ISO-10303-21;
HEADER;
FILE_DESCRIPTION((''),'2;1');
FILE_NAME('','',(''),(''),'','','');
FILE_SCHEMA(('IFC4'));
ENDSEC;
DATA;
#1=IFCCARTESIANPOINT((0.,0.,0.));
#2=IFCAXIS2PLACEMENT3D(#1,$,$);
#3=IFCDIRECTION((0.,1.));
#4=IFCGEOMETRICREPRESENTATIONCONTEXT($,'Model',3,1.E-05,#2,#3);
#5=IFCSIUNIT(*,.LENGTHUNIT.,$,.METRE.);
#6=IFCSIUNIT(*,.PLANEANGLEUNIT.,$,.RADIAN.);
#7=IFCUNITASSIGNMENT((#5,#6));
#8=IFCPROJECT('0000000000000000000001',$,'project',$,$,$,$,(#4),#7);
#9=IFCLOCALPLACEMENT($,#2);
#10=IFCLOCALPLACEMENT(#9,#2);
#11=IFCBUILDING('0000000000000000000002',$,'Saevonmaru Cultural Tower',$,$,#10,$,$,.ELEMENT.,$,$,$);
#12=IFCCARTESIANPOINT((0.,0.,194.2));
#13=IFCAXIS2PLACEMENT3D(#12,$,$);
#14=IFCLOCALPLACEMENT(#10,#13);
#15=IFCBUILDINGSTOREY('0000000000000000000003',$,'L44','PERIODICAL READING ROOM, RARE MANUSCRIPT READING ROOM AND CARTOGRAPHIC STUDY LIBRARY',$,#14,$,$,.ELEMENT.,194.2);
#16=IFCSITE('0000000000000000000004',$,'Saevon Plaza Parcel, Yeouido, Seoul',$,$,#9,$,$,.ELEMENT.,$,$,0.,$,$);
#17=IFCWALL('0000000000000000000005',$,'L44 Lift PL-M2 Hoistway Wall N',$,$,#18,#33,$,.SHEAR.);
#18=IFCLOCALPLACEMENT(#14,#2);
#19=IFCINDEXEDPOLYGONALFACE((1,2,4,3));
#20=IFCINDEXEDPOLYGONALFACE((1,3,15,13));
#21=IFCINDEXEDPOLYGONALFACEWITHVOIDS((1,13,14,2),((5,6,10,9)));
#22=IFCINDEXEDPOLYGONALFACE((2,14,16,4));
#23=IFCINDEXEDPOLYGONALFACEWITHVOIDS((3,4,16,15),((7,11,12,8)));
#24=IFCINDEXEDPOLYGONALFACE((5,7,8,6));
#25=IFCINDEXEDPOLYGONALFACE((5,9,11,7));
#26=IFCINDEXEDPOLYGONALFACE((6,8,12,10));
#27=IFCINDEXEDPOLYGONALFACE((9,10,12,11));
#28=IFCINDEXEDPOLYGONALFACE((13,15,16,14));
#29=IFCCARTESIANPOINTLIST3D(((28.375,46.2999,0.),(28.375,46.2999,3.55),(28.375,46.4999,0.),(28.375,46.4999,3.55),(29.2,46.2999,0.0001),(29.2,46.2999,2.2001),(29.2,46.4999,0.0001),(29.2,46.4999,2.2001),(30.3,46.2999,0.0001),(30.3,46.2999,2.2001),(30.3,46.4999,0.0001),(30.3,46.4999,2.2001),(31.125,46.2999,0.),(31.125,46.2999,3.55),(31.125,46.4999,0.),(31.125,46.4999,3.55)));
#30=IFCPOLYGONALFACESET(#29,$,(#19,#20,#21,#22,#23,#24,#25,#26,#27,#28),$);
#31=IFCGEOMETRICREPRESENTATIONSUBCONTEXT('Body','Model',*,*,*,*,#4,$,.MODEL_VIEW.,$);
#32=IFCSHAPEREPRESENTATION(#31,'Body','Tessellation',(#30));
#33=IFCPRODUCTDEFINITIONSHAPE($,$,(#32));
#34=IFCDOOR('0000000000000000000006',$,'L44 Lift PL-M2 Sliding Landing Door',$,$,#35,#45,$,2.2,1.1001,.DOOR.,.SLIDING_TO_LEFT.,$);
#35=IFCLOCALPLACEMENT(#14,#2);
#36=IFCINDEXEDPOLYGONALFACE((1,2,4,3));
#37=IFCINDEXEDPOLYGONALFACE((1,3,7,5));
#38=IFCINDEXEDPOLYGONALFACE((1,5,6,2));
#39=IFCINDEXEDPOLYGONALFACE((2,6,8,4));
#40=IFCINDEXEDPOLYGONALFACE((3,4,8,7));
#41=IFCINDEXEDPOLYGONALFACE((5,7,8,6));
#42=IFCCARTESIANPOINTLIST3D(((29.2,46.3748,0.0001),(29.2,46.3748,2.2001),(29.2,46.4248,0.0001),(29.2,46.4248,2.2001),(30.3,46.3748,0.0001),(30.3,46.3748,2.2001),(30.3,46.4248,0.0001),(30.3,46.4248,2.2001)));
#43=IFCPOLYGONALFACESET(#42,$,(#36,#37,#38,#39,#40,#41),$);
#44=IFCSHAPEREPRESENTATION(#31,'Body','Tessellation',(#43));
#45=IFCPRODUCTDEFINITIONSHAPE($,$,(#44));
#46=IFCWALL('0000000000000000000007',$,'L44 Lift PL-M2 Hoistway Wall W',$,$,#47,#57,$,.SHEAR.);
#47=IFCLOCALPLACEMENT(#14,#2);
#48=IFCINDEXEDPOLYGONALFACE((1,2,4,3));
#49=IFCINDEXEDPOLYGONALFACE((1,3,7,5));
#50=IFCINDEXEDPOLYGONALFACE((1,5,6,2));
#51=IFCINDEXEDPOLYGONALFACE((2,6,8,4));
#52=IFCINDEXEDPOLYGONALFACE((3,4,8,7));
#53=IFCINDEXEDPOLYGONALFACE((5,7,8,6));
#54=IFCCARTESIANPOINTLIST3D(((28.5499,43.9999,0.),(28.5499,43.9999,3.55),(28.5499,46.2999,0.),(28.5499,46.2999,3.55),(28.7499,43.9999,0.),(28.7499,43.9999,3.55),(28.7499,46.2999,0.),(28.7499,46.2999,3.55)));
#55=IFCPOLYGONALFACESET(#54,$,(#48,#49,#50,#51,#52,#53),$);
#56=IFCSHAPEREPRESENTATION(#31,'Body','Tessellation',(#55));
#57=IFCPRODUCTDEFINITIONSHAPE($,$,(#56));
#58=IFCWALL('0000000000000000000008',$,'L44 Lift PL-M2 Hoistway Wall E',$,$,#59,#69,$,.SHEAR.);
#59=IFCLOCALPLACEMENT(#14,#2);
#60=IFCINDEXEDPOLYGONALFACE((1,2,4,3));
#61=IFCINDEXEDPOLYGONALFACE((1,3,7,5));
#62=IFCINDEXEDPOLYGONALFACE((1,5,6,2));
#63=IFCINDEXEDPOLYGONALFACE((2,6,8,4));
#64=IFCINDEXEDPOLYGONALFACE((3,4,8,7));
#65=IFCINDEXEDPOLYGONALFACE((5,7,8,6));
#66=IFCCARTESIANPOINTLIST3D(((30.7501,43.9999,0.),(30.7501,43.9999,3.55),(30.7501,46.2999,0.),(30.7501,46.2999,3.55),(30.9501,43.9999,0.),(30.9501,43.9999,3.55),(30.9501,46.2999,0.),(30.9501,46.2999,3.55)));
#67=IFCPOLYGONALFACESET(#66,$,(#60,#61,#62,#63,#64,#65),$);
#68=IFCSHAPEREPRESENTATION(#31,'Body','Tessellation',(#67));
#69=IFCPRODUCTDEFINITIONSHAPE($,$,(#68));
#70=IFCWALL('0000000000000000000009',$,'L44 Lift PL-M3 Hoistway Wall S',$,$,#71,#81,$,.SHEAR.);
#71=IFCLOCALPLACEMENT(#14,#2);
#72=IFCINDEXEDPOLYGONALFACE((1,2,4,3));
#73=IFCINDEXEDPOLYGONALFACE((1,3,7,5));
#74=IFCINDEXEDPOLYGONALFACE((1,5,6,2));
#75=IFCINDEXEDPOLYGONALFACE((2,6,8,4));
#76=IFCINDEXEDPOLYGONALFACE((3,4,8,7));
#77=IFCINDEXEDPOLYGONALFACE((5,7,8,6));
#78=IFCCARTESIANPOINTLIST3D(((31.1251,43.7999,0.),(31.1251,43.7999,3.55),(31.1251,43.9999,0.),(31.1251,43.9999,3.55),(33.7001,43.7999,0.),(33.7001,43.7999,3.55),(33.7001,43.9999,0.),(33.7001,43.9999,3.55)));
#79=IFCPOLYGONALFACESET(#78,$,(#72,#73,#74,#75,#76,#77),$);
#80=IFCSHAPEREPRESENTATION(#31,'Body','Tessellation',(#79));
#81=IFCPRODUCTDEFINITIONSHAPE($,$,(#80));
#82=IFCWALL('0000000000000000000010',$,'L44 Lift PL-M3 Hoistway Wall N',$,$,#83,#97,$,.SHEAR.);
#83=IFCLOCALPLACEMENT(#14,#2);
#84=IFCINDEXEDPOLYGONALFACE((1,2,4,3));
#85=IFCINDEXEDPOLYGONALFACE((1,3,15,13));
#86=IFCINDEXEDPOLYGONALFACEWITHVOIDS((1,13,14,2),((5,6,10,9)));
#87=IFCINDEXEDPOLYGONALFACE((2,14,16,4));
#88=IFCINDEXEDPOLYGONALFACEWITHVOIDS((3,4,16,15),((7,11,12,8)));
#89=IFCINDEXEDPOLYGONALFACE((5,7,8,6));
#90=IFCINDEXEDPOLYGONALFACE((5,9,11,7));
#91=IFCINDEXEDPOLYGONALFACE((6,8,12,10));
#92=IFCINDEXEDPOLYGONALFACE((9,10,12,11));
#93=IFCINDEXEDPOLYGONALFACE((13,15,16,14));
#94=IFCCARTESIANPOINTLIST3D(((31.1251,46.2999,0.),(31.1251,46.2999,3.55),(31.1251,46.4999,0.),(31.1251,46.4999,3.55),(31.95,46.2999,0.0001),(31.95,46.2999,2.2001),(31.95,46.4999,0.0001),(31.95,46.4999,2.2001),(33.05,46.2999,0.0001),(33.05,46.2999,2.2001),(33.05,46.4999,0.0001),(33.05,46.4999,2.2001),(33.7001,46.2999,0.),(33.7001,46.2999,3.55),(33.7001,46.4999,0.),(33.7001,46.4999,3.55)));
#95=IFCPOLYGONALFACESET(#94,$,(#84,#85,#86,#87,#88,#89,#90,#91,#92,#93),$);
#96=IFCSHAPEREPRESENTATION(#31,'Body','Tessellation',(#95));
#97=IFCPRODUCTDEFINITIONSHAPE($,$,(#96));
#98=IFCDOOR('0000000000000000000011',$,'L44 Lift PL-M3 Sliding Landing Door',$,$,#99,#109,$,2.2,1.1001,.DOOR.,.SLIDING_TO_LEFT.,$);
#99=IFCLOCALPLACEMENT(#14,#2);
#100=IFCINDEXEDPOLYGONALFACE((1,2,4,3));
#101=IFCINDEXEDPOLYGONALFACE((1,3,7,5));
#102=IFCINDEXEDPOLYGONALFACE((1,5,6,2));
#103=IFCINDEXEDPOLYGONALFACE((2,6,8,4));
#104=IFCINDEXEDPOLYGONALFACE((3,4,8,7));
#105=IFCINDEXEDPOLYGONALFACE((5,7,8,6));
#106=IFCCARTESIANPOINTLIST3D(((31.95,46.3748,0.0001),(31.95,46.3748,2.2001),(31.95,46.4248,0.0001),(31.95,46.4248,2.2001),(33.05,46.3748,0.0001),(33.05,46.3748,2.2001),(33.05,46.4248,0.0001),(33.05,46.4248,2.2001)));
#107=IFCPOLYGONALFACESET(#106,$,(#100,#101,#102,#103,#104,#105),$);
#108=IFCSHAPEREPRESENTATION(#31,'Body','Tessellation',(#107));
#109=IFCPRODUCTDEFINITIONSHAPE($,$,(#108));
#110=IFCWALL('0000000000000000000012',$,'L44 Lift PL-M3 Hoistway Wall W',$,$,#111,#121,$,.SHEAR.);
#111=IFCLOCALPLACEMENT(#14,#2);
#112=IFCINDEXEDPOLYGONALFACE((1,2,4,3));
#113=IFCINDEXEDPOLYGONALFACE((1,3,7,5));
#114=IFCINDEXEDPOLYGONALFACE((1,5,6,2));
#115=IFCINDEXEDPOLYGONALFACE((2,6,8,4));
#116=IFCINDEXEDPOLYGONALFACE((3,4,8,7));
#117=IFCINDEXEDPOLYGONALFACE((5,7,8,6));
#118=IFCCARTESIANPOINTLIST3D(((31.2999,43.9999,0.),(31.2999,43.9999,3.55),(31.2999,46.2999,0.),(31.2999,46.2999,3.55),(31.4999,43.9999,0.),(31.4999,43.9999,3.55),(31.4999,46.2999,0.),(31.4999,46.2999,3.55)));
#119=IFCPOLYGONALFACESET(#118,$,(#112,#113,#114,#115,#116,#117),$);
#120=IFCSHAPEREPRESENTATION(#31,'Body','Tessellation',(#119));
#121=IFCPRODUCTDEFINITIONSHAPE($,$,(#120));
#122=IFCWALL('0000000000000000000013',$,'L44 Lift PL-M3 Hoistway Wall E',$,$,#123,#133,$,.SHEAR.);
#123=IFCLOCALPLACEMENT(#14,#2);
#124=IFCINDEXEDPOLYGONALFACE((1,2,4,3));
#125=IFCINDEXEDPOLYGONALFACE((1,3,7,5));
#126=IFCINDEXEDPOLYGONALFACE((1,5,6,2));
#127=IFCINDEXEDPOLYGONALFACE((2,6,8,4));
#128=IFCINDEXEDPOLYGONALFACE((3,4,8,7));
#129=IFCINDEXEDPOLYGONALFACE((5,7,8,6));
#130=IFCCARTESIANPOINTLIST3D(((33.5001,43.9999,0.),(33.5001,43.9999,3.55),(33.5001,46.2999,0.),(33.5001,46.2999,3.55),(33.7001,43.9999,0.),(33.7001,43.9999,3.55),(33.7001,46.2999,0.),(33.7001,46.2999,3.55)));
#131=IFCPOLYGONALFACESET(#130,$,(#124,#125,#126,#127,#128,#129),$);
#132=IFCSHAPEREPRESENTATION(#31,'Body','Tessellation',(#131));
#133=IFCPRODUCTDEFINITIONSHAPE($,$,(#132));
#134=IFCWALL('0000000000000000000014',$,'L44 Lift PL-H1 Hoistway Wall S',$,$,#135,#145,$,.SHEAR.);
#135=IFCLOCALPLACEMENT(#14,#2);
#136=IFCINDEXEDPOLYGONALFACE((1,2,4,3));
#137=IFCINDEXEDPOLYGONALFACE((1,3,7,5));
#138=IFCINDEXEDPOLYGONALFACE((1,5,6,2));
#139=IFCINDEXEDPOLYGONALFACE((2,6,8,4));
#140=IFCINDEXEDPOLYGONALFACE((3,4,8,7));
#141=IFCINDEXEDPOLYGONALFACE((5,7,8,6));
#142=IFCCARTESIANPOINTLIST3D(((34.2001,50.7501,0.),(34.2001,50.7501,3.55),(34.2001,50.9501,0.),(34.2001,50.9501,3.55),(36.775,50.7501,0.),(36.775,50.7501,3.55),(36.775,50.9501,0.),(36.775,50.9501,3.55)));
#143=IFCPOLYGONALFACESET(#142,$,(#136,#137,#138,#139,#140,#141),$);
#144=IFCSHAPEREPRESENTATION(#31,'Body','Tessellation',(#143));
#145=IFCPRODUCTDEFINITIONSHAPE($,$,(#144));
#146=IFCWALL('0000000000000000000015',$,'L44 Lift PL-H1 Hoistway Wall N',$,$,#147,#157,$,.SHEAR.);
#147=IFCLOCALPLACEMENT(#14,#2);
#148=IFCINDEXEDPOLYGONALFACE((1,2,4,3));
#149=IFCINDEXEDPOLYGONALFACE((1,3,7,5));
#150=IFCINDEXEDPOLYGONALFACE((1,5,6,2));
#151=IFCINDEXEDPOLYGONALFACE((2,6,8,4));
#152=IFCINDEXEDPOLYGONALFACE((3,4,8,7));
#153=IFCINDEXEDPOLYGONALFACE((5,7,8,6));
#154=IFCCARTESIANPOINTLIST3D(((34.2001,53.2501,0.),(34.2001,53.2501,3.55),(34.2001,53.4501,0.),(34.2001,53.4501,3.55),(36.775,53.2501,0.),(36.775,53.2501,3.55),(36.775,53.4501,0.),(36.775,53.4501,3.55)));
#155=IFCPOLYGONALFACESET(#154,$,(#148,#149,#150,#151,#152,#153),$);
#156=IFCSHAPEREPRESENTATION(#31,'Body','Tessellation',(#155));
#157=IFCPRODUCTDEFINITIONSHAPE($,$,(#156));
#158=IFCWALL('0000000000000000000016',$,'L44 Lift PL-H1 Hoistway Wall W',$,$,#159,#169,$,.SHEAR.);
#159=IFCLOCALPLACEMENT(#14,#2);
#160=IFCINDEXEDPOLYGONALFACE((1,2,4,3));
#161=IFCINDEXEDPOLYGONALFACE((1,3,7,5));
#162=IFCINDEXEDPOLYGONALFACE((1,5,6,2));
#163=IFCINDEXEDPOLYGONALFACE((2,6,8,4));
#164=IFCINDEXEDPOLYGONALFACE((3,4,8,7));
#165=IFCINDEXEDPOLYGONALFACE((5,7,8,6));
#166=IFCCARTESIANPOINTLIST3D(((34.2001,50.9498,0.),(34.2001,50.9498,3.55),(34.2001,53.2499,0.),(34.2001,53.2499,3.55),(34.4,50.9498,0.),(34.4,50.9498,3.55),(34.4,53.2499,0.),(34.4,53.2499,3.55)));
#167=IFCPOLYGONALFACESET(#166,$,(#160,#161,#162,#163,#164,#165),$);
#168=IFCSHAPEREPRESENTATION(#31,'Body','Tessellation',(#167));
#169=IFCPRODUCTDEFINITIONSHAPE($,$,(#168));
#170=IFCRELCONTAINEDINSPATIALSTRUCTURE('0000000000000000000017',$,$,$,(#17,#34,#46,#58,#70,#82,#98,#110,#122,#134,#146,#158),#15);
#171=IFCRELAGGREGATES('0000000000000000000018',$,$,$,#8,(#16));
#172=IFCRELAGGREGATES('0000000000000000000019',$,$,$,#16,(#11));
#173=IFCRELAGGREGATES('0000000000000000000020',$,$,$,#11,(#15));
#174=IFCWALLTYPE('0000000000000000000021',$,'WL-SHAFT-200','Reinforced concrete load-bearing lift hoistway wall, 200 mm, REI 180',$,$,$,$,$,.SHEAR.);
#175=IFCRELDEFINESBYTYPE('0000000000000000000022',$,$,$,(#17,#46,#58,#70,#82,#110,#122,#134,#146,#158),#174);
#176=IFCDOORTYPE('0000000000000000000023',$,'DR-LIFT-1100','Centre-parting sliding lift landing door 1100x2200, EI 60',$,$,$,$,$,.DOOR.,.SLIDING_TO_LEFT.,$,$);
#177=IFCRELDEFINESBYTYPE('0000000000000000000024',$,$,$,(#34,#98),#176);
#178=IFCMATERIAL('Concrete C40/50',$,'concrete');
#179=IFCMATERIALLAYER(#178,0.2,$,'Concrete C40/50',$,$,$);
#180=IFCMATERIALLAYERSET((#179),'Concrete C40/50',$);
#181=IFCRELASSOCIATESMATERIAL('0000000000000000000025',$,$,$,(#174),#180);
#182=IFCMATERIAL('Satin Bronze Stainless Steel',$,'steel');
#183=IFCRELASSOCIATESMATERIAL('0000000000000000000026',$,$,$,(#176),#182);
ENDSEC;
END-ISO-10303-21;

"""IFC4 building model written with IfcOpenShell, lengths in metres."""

from ifc_helpers import new_model, si_unit, direction, frame, frame_2d, origin, place, context, subcontext, project, spatial, rectangle, extrude, material, layer, layer_set, type_object, element, fill, save


model = new_model("IFC4")

# Units and contexts
model_context = context("Model", 3, precision=1e-05, world=origin(), true_north=direction((0.0, 1.0)))
body_context = subcontext(model_context, "Body", "Model", "MODEL_VIEW")
ifc_project = project(units=[si_unit("LENGTHUNIT", "METRE"), si_unit("PLANEANGLEUNIT", "RADIAN")], contexts=[model_context])

# Site, building, storey
site_placement = place(None, origin())
site = spatial("IfcSite", under=ifc_project, at=site_placement, Name="Saevon Plaza Parcel, Yeouido, Seoul", CompositionType="ELEMENT", RefElevation=0.0)
building_placement = place(site_placement, origin())
building = spatial("IfcBuilding", under=site, at=building_placement, Name="Saevonmaru Cultural Tower", CompositionType="ELEMENT")
storey_placement = place(building_placement, frame((0.0, 0.0, 194.2)))
storey = spatial("IfcBuildingStorey", under=building, at=storey_placement, Name="L44", Description="PERIODICAL READING ROOM, RARE MANUSCRIPT READING ROOM AND CARTOGRAPHIC STUDY LIBRARY", CompositionType="ELEMENT", Elevation=194.2)

# Shared definitions
ifc_material_1 = material(Name="Concrete C40/50", Category="concrete")
ifc_layer_1 = layer(ifc_material_1, 0.2, Name="Concrete C40/50")
ifc_layer_set_1 = layer_set([ifc_layer_1], Name="Concrete C40/50")
wall_type_1 = type_object("IfcWallType", Name="WL-SHAFT-200", Description="Reinforced concrete load-bearing lift hoistway wall, 200 mm, REI 180", PredefinedType="SHEAR", material=ifc_layer_set_1)

# Wall, opening, door
wall_1_placement = place(storey_placement, frame((28.375, 46.3999, 0.0), z_axis=(0.0, 0.0, 1.0), x_axis=(1.0, 0.0, 0.0)))
wall_1 = element("IfcWall", 1, at=wall_1_placement, inside=storey, type_object=wall_type_1, Name="L44 Lift PL-M2 Hoistway Wall N", PredefinedType="SHEAR", context=body_context, shape_type="SweptSolid", body=[
    extrude(rectangle(XDim=2.75, YDim=0.2, at=frame_2d((1.375, 0.0))), origin(), (0.0, 0.0, 1.0), 3.55),
])
opening_1_placement = place(wall_1_placement, frame((0.825, 0.0, 0.0)))
opening_1 = element("IfcOpeningElement", 2, at=opening_1_placement, cuts=wall_1, PredefinedType="OPENING", context=body_context, shape_type="SweptSolid", body=[
    extrude(rectangle(XDim=1.1001, YDim=2.2, at=frame_2d((0.55, 1.1001))), frame((0.0, 0.1099, 0.0), z_axis=(0.0, -1.0, 0.0), x_axis=(1.0, 0.0, 0.0)), (0.0, 0.0, 1.0), 0.22),
])
ifc_material_2 = material(Name="Satin Bronze Stainless Steel", Category="steel")
door_type_1 = type_object("IfcDoorType", Name="DR-LIFT-1100", Description="Centre-parting sliding lift landing door 1100x2200, EI 60", OperationType="SLIDING_TO_LEFT", PredefinedType="DOOR", material=ifc_material_2)
door_1_placement = place(opening_1_placement, origin())
door_1 = element("IfcDoor", 3, at=door_1_placement, inside=storey, type_object=door_type_1, Name="L44 Lift PL-M2 Sliding Landing Door", OperationType="SLIDING_TO_LEFT", OverallHeight=2.2, OverallWidth=1.1001, PredefinedType="DOOR", context=body_context, shape_type="SweptSolid", body=[
    extrude(rectangle(XDim=1.1001, YDim=2.2, at=frame_2d((0.55, 1.1001))), frame((0.0, 0.0249, 0.0), z_axis=(0.0, -1.0, 0.0), x_axis=(1.0, 0.0, 0.0)), (0.0, 0.0, 1.0), 0.05),
])
fill(opening_1, door_1)

# Walls
for number, where, z_axis, x_axis, name in (
    (4, (28.6499, 44.0, 0.0), (0.0, 0.0, 1.0), (0.0, 1.0, 0.0), "L44 Lift PL-M2 Hoistway Wall W"),
    (5, (30.8501, 44.0, 0.0), (0.0, 0.0, 1.0), (0.0, 1.0, 0.0), "L44 Lift PL-M2 Hoistway Wall E"),
):
    element("IfcWall", number, at=place(storey_placement, frame(where, z_axis=z_axis, x_axis=x_axis)), inside=storey, type_object=wall_type_1, Name=name, PredefinedType="SHEAR", context=body_context, shape_type="SweptSolid", body=[
        extrude(rectangle(XDim=2.3, YDim=0.2, at=frame_2d((1.1499, 0.0))), origin(), (0.0, 0.0, 1.0), 3.55),
    ])
wall_2_placement = place(storey_placement, frame((31.125, 43.8999, 0.0), z_axis=(0.0, 0.0, 1.0), x_axis=(1.0, 0.0, 0.0)))
element("IfcWall", 6, at=wall_2_placement, inside=storey, type_object=wall_type_1, Name="L44 Lift PL-M3 Hoistway Wall S", PredefinedType="SHEAR", context=body_context, shape_type="SweptSolid", body=[
    extrude(rectangle(XDim=2.575, YDim=0.2, at=frame_2d((1.2876, 0.0))), origin(), (0.0, 0.0, 1.0), 3.55),
])

# Wall, opening, door
wall_3_placement = place(storey_placement, frame((31.125, 46.3999, 0.0), z_axis=(0.0, 0.0, 1.0), x_axis=(1.0, 0.0, 0.0)))
wall_3 = element("IfcWall", 7, at=wall_3_placement, inside=storey, type_object=wall_type_1, Name="L44 Lift PL-M3 Hoistway Wall N", PredefinedType="SHEAR", context=body_context, shape_type="SweptSolid", body=[
    extrude(rectangle(XDim=2.575, YDim=0.2, at=frame_2d((1.2876, 0.0))), origin(), (0.0, 0.0, 1.0), 3.55),
])
opening_2_placement = place(wall_3_placement, frame((0.825, 0.0, 0.0)))
opening_2 = element("IfcOpeningElement", 8, at=opening_2_placement, cuts=wall_3, PredefinedType="OPENING", context=body_context, shape_type="SweptSolid", body=[
    extrude(rectangle(XDim=1.1001, YDim=2.2, at=frame_2d((0.55, 1.1001))), frame((0.0, 0.1099, 0.0), z_axis=(0.0, -1.0, 0.0), x_axis=(1.0, 0.0, 0.0)), (0.0, 0.0, 1.0), 0.22),
])
door_2_placement = place(opening_2_placement, origin())
door_2 = element("IfcDoor", 9, at=door_2_placement, inside=storey, type_object=door_type_1, Name="L44 Lift PL-M3 Sliding Landing Door", OperationType="SLIDING_TO_LEFT", OverallHeight=2.2, OverallWidth=1.1001, PredefinedType="DOOR", context=body_context, shape_type="SweptSolid", body=[
    extrude(rectangle(XDim=1.1001, YDim=2.2, at=frame_2d((0.55, 1.1001))), frame((0.0, 0.0249, 0.0), z_axis=(0.0, -1.0, 0.0), x_axis=(1.0, 0.0, 0.0)), (0.0, 0.0, 1.0), 0.05),
])
fill(opening_2, door_2)

# Walls
for number, where, z_axis, x_axis, name in (
    (10, (31.3999, 44.0, 0.0), (0.0, 0.0, 1.0), (0.0, 1.0, 0.0), "L44 Lift PL-M3 Hoistway Wall W"),
    (11, (33.6001, 44.0, 0.0), (0.0, 0.0, 1.0), (0.0, 1.0, 0.0), "L44 Lift PL-M3 Hoistway Wall E"),
):
    element("IfcWall", number, at=place(storey_placement, frame(where, z_axis=z_axis, x_axis=x_axis)), inside=storey, type_object=wall_type_1, Name=name, PredefinedType="SHEAR", context=body_context, shape_type="SweptSolid", body=[
        extrude(rectangle(XDim=2.3, YDim=0.2, at=frame_2d((1.1499, 0.0))), origin(), (0.0, 0.0, 1.0), 3.55),
    ])
for number, where, z_axis, x_axis, name in (
    (12, (34.2, 50.8501, 0.0), (0.0, 0.0, 1.0), (1.0, 0.0, 0.0), "L44 Lift PL-H1 Hoistway Wall S"),
    (13, (34.2, 53.3501, 0.0), (0.0, 0.0, 1.0), (1.0, 0.0, 0.0), "L44 Lift PL-H1 Hoistway Wall N"),
):
    element("IfcWall", number, at=place(storey_placement, frame(where, z_axis=z_axis, x_axis=x_axis)), inside=storey, type_object=wall_type_1, Name=name, PredefinedType="SHEAR", context=body_context, shape_type="SweptSolid", body=[
        extrude(rectangle(XDim=2.575, YDim=0.2, at=frame_2d((1.2876, 0.0))), origin(), (0.0, 0.0, 1.0), 3.55),
    ])
wall_4_placement = place(storey_placement, frame((34.3, 50.95, 0.0), z_axis=(0.0, 0.0, 1.0), x_axis=(0.0, 1.0, 0.0)))
element("IfcWall", 14, at=wall_4_placement, inside=storey, type_object=wall_type_1, Name="L44 Lift PL-H1 Hoistway Wall W", PredefinedType="SHEAR", context=body_context, shape_type="SweptSolid", body=[
    extrude(rectangle(XDim=2.3, YDim=0.2, at=frame_2d((1.1499, 0.0))), origin(), (0.0, 0.0, 1.0), 3.55),
])

save(model, "model.ifc")
